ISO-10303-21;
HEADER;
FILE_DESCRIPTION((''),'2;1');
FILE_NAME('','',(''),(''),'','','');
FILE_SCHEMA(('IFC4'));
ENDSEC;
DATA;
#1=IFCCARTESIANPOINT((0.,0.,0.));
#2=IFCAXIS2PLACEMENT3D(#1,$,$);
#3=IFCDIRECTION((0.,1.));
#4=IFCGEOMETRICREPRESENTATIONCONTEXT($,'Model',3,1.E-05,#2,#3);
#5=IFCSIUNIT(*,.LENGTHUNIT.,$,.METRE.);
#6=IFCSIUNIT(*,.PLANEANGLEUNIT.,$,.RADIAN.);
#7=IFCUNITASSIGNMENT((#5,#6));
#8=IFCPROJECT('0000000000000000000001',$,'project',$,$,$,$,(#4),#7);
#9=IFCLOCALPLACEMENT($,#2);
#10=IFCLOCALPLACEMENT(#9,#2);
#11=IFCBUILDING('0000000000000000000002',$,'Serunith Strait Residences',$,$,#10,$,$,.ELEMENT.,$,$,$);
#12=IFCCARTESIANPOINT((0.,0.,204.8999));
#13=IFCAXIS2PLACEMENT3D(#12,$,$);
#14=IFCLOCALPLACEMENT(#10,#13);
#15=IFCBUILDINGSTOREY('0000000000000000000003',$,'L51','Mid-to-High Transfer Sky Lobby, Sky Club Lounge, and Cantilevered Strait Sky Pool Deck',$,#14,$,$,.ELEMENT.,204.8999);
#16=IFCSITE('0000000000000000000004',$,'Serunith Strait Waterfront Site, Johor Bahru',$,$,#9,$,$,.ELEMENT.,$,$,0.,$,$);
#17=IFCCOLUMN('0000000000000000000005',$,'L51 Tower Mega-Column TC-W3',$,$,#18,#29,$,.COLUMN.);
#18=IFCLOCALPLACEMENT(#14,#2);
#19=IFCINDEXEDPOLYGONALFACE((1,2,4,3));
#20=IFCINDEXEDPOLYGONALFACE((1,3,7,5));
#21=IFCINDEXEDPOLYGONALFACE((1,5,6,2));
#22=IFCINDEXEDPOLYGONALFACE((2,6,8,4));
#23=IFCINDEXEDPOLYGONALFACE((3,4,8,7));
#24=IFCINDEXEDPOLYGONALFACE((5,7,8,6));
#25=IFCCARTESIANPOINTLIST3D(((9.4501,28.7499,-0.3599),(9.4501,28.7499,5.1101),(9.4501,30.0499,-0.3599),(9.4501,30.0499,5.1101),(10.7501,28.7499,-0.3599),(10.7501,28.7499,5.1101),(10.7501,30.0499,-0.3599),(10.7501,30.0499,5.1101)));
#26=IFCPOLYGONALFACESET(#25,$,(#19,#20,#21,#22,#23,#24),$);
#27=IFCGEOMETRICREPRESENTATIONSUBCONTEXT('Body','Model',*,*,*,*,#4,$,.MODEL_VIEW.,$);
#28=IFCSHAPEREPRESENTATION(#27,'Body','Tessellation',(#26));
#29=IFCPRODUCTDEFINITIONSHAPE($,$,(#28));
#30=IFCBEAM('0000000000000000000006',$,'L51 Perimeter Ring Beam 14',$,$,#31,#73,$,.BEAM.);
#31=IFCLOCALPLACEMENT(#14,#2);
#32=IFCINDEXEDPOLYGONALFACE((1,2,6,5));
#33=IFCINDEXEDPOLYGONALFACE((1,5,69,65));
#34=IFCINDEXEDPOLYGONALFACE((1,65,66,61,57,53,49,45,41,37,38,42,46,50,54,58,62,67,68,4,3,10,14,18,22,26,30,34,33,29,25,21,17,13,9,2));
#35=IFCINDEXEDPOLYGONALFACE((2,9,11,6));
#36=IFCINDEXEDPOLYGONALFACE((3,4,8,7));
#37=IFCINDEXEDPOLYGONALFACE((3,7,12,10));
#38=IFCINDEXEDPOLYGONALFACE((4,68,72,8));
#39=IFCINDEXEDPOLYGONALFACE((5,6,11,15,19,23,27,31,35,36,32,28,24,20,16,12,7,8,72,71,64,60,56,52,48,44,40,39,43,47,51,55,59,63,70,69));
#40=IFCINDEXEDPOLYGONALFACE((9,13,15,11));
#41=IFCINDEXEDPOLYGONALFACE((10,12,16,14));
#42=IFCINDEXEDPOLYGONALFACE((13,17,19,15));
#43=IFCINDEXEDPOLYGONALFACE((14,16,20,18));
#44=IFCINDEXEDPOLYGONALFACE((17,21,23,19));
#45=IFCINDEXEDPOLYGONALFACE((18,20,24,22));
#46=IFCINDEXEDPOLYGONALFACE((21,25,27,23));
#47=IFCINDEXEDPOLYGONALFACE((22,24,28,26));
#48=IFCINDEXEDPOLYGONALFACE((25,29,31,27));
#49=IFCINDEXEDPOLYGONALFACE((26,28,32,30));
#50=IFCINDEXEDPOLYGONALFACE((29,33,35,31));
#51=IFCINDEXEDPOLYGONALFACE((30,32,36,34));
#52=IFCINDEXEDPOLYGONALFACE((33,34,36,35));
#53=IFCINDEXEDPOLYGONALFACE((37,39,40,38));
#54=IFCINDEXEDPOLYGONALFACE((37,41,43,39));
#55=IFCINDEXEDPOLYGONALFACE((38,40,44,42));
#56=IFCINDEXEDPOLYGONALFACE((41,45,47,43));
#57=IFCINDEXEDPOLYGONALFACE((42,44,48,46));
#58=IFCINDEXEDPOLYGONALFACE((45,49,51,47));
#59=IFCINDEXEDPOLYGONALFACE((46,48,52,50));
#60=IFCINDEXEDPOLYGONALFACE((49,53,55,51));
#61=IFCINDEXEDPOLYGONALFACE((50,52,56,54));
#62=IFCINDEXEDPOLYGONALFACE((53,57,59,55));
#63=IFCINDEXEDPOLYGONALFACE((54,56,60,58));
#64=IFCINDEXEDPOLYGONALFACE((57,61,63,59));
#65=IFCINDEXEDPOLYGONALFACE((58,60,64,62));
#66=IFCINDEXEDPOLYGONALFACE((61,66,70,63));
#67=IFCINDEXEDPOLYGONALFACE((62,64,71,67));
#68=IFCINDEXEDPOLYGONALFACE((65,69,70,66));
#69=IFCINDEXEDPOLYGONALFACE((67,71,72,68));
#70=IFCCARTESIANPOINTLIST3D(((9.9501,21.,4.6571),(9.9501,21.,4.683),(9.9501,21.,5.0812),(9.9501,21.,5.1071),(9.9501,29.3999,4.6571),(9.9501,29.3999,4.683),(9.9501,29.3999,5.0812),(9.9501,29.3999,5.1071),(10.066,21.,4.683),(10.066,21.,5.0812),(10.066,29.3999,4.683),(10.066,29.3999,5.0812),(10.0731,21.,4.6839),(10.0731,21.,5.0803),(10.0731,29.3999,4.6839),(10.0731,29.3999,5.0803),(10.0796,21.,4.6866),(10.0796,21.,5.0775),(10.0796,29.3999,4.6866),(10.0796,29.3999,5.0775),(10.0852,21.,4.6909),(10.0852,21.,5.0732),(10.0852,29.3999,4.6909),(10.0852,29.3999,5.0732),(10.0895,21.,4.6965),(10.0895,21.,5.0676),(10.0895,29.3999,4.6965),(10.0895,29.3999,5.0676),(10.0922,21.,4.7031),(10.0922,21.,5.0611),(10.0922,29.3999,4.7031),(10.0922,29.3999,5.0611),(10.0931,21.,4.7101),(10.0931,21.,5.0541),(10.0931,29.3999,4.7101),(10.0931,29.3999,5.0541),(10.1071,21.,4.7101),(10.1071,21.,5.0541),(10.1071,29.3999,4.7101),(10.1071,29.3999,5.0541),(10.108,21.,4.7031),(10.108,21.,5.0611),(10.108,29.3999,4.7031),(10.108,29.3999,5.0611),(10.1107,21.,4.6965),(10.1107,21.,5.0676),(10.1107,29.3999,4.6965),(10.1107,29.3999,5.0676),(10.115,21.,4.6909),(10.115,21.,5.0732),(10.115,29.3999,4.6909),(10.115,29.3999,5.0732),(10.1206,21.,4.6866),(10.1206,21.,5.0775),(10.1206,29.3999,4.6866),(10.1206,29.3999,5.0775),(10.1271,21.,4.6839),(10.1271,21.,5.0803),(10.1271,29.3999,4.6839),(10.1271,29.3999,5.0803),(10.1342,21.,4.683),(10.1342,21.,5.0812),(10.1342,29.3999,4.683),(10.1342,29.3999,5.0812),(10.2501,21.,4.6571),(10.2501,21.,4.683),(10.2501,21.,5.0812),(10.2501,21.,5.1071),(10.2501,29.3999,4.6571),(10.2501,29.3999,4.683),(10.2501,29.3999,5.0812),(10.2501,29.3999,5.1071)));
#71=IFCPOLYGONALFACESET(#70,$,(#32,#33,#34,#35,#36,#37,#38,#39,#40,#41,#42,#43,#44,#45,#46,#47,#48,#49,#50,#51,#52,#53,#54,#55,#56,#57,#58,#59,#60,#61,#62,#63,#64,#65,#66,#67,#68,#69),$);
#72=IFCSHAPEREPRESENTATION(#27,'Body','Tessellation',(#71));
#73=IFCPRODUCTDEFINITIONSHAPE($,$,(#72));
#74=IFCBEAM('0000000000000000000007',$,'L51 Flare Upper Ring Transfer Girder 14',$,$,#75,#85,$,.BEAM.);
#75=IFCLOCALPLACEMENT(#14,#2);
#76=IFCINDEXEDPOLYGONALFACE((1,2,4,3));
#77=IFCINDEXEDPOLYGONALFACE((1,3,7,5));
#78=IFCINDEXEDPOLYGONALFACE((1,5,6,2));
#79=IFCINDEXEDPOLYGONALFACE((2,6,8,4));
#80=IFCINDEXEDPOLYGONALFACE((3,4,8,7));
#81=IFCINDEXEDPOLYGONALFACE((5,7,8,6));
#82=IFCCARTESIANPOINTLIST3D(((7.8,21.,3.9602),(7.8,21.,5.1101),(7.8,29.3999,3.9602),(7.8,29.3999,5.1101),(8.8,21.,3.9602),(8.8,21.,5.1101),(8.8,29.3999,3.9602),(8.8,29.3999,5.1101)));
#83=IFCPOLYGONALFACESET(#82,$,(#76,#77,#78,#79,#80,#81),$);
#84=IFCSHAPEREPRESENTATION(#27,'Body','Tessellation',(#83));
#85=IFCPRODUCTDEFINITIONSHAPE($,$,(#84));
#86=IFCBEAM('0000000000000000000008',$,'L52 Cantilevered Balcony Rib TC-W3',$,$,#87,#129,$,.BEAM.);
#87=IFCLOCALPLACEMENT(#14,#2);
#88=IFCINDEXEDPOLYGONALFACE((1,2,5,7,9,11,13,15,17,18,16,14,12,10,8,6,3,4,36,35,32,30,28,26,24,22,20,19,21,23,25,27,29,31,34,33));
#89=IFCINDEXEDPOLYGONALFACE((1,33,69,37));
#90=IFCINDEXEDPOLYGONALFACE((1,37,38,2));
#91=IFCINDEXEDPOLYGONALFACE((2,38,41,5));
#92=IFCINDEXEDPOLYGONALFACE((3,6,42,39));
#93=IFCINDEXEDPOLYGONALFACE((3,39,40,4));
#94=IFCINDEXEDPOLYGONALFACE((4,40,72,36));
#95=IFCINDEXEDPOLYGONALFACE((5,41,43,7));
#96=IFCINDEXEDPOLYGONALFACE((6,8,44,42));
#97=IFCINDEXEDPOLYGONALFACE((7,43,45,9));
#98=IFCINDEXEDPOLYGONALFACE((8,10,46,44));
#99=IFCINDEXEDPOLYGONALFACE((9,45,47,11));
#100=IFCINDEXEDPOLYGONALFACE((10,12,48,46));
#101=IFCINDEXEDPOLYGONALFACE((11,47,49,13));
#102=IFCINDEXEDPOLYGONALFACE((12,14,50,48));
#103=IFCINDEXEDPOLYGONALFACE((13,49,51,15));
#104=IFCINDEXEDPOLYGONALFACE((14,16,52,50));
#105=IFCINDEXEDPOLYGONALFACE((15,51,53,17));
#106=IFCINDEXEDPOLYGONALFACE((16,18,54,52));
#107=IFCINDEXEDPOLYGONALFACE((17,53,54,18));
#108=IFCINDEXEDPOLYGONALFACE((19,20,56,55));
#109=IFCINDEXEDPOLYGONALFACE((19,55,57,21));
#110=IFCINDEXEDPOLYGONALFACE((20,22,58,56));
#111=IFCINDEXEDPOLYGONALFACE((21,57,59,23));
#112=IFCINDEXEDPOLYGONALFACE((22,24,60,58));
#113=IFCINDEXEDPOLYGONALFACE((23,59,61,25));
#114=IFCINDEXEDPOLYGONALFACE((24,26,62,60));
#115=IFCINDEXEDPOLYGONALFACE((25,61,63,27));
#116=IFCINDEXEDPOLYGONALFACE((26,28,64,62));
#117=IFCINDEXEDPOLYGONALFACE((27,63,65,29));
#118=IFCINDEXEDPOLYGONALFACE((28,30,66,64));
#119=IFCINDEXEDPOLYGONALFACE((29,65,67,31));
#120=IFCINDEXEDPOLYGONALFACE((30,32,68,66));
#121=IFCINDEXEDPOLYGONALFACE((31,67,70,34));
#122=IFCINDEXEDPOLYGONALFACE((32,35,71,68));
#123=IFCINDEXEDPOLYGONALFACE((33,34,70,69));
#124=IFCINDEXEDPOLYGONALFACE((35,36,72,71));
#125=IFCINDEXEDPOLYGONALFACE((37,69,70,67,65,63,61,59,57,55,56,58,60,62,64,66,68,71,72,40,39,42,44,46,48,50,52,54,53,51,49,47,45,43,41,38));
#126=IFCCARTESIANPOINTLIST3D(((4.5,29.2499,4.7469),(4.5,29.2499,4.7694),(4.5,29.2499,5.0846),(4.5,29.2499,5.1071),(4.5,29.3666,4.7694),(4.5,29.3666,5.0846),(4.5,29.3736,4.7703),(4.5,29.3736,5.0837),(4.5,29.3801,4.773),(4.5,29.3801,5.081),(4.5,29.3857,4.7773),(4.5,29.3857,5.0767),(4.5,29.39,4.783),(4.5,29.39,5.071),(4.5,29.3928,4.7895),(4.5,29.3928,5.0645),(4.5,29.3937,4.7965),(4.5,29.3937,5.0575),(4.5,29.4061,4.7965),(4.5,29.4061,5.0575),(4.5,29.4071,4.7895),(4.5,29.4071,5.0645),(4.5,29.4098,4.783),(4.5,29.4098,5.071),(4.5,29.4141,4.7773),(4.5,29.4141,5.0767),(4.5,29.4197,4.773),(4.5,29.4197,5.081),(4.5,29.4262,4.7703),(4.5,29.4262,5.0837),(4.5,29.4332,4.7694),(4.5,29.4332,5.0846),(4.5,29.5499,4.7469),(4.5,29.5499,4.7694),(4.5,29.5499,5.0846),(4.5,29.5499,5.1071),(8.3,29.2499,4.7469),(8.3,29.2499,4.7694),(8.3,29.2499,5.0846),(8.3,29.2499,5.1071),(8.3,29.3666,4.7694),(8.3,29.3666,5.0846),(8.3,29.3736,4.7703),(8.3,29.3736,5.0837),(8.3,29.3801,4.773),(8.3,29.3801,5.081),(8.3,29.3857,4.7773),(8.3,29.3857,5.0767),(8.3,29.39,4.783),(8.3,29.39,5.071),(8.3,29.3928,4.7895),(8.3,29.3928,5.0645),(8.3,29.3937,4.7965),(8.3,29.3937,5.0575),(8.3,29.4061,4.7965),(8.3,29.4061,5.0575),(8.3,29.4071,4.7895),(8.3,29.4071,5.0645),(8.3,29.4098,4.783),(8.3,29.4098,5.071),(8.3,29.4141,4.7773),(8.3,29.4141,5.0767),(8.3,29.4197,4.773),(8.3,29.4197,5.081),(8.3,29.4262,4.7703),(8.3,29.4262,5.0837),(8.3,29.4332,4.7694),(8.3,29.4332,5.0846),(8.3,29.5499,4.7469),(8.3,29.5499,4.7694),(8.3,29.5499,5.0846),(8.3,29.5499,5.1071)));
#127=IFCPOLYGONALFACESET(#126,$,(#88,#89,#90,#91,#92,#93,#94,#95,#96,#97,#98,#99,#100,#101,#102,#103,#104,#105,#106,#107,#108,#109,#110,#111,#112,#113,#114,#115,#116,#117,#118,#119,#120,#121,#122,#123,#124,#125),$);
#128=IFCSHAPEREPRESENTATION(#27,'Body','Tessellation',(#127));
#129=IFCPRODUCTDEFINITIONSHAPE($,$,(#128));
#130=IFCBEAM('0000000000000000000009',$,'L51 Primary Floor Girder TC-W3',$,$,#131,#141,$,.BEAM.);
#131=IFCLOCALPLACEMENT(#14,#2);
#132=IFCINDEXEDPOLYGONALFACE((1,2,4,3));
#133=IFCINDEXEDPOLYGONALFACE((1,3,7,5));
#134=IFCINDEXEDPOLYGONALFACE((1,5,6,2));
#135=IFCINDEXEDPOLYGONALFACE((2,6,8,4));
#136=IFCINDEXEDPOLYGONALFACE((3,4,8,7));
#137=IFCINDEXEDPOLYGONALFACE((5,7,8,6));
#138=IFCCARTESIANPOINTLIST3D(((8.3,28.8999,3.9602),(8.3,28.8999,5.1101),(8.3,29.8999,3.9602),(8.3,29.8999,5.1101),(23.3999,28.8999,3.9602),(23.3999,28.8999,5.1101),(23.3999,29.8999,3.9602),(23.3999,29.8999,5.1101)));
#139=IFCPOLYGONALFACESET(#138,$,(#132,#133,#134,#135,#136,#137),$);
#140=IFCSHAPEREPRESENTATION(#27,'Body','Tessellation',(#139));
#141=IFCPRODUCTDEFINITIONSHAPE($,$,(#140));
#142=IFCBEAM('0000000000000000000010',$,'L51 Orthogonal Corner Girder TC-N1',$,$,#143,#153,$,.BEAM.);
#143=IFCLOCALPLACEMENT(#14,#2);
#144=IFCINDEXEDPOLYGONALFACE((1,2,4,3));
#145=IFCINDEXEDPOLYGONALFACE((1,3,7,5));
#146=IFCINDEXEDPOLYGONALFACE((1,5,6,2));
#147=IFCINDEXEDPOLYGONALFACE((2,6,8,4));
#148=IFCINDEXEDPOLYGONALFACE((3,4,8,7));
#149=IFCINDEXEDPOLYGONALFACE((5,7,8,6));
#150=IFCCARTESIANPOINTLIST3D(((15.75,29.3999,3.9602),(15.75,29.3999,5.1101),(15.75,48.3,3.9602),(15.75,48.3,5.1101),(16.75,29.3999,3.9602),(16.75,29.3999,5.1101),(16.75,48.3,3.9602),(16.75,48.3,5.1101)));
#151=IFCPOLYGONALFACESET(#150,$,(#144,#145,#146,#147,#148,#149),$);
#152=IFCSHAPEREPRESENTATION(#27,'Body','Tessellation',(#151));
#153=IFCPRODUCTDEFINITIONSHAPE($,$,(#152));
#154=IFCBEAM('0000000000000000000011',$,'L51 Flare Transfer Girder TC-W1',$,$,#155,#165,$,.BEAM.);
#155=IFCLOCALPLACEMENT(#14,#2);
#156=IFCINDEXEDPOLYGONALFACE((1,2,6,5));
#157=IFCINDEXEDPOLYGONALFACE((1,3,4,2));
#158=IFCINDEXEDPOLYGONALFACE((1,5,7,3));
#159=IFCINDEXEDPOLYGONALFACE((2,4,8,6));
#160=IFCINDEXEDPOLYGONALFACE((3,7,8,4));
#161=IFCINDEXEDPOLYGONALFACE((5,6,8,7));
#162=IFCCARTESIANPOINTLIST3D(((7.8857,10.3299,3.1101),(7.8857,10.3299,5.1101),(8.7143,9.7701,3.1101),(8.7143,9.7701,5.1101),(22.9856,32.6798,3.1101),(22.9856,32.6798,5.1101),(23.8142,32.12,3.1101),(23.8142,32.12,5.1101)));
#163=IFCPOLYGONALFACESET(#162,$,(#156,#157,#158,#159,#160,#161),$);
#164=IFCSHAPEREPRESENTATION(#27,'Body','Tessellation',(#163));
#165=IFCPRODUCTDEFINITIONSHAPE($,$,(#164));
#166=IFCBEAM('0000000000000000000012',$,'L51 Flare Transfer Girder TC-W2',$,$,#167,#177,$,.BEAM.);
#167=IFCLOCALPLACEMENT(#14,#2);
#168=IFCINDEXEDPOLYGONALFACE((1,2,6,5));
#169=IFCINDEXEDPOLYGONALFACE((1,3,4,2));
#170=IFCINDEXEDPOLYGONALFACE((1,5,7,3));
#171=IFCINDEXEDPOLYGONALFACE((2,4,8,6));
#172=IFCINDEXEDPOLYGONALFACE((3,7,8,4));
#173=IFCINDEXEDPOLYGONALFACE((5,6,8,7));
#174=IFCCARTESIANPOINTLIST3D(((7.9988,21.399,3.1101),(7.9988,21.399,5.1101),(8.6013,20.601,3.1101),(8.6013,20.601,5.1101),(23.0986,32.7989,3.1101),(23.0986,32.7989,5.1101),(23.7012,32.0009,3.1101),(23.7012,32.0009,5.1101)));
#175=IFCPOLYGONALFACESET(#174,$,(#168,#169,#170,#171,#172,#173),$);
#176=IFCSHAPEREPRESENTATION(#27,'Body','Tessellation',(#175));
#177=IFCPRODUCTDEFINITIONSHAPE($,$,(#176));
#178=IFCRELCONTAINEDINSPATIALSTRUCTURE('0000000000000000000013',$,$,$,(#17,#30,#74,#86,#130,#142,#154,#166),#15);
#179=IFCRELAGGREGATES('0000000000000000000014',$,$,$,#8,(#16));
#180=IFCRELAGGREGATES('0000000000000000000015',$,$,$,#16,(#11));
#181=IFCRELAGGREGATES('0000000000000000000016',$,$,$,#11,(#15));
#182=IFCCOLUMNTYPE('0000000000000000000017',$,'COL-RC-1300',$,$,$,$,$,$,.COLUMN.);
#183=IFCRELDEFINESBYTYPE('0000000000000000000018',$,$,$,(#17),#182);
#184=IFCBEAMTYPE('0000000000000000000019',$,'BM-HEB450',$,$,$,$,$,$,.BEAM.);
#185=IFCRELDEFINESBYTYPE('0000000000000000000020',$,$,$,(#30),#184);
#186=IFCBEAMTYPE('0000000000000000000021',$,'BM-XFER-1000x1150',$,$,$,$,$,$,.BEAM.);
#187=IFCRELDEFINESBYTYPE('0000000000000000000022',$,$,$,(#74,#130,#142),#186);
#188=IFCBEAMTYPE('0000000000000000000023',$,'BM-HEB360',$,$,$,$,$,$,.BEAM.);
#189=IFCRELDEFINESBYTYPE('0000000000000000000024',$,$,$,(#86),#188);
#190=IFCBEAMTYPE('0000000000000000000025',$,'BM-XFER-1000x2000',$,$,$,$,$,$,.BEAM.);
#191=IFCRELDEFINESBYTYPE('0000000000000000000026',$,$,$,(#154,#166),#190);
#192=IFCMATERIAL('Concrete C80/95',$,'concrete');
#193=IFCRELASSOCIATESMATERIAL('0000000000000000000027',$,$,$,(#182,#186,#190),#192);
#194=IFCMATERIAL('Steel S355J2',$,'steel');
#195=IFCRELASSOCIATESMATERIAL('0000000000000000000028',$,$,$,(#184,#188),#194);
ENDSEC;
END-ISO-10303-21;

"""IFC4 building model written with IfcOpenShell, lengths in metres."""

from ifc_helpers import new_model, si_unit, direction, frame, origin, origin_2d, place, context, subcontext, project, spatial, rectangle, i_section, extrude, source, transform, mapped, material, material_profile, profile_set, type_object, element, save


model = new_model("IFC4")

# Units and contexts
model_context = context("Model", 3, precision=1e-05, world=origin(), true_north=direction((0.0, 1.0)))
body_context = subcontext(model_context, "Body", "Model", "MODEL_VIEW")
ifc_project = project(units=[si_unit("LENGTHUNIT", "METRE"), si_unit("PLANEANGLEUNIT", "RADIAN")], contexts=[model_context])

# Site, building, storey
site_placement = place(None, origin())
site = spatial("IfcSite", under=ifc_project, at=site_placement, Name="Serunith Strait Waterfront Site, Johor Bahru", CompositionType="ELEMENT", RefElevation=0.0)
building_placement = place(site_placement, origin())
building = spatial("IfcBuilding", under=site, at=building_placement, Name="Serunith Strait Residences", CompositionType="ELEMENT")
storey_placement = place(building_placement, frame((0.0, 0.0, 204.8999)))
storey = spatial("IfcBuildingStorey", under=building, at=storey_placement, Name="L51", Description="Mid-to-High Transfer Sky Lobby, Sky Club Lounge, and Cantilevered Strait Sky Pool Deck", CompositionType="ELEMENT", Elevation=204.8999)

# Column
ifc_material_1 = material(Name="Concrete C80/95", Category="concrete")
ifc_material_profile_1 = material_profile(ifc_material_1, rectangle(XDim=1.3, YDim=1.3, at=origin_2d()), Name="RC 1300x1300")
ifc_profile_set_1 = profile_set([ifc_material_profile_1], Name="Concrete C80/95")
column_type = type_object("IfcColumnType", Name="COL-RC-1300", PredefinedType="COLUMN", material=ifc_profile_set_1)
shared_shape_1 = source(origin(), body_context, "Body", "SweptSolid", [
    extrude(rectangle(XDim=1.3, YDim=1.3, at=origin_2d()), origin(), (0.0, 0.0, 1.0), 5.47),
])
column_placement = place(storey_placement, frame((10.1001, 29.3999, -0.3599), z_axis=(0.0, 0.0, 1.0), x_axis=(1.0, 0.0, 0.0)))
element("IfcColumn", 1, at=column_placement, inside=storey, type_object=column_type, Name="L51 Tower Mega-Column TC-W3", PredefinedType="COLUMN", context=body_context, shape_type="MappedRepresentation", body=[
    mapped(shared_shape_1, transform((0.0, 0.0, 0.0), scale=1.0)),
])

# Beams
ifc_material_2 = material(Name="Steel S355J2", Category="steel")
ifc_material_profile_2 = material_profile(ifc_material_2, i_section(OverallWidth=0.3, OverallDepth=0.45, WebThickness=0.0139, FlangeThickness=0.0259, FilletRadius=0.0271, at=origin_2d()), Name="HEB 450")
ifc_profile_set_2 = profile_set([ifc_material_profile_2], Name="Steel S355J2")
beam_type_1 = type_object("IfcBeamType", Name="BM-HEB450", PredefinedType="BEAM", material=ifc_profile_set_2)
shared_shape_2 = source(origin(), body_context, "Body", "SweptSolid", [
    extrude(i_section(OverallWidth=0.3, OverallDepth=0.45, WebThickness=0.0139, FlangeThickness=0.0259, FilletRadius=0.0271, at=origin_2d()), origin(), (0.0, 0.0, 1.0), 8.3999),
])
beam_1_placement = place(storey_placement, frame((10.1001, 29.3999, 4.8821), z_axis=(0.0, -1.0, 0.0), x_axis=(1.0, 0.0, 0.0)))
element("IfcBeam", 2, at=beam_1_placement, inside=storey, type_object=beam_type_1, Name="L51 Perimeter Ring Beam 14", PredefinedType="BEAM", context=body_context, shape_type="MappedRepresentation", body=[
    mapped(shared_shape_2, transform((0.0, 0.0, 0.0), scale=1.0)),
])
ifc_material_profile_3 = material_profile(ifc_material_1, rectangle(XDim=1.0, YDim=1.1499, at=origin_2d()), Name="RC 1000x1150")
ifc_profile_set_3 = profile_set([ifc_material_profile_3], Name="Concrete C80/95")
beam_type_2 = type_object("IfcBeamType", Name="BM-XFER-1000x1150", PredefinedType="BEAM", material=ifc_profile_set_3)
shared_shape_3 = source(origin(), body_context, "Body", "SweptSolid", [
    extrude(rectangle(XDim=1.0, YDim=1.1499, at=origin_2d()), origin(), (0.0, 0.0, 1.0), 8.3999),
])
beam_2_placement = place(storey_placement, frame((8.3, 29.3999, 4.5352), z_axis=(0.0, -1.0, 0.0), x_axis=(1.0, 0.0, 0.0)))
element("IfcBeam", 3, at=beam_2_placement, inside=storey, type_object=beam_type_2, Name="L51 Flare Upper Ring Transfer Girder 14", PredefinedType="BEAM", context=body_context, shape_type="MappedRepresentation", body=[
    mapped(shared_shape_3, transform((0.0, 0.0, 0.0), scale=1.0)),
])
ifc_material_profile_4 = material_profile(ifc_material_2, i_section(OverallWidth=0.3, OverallDepth=0.3601, WebThickness=0.0125, FlangeThickness=0.0225, FilletRadius=0.0271, at=origin_2d()), Name="HEB 360")
ifc_profile_set_4 = profile_set([ifc_material_profile_4], Name="Steel S355J2")
beam_type_3 = type_object("IfcBeamType", Name="BM-HEB360", PredefinedType="BEAM", material=ifc_profile_set_4)
shared_shape_4 = source(origin(), body_context, "Body", "SweptSolid", [
    extrude(i_section(OverallWidth=0.3, OverallDepth=0.3601, WebThickness=0.0125, FlangeThickness=0.0225, FilletRadius=0.0271, at=origin_2d()), origin(), (0.0, 0.0, 1.0), 3.8),
])
beam_3_placement = place(storey_placement, frame((8.3, 29.3999, 4.927), z_axis=(-1.0, 0.0, 0.0), x_axis=(0.0, -1.0, 0.0)))
element("IfcBeam", 4, at=beam_3_placement, inside=storey, type_object=beam_type_3, Name="L52 Cantilevered Balcony Rib TC-W3", PredefinedType="BEAM", context=body_context, shape_type="MappedRepresentation", body=[
    mapped(shared_shape_4, transform((0.0, 0.0, 0.0), scale=1.0)),
])
shared_shape_5 = source(origin(), body_context, "Body", "SweptSolid", [
    extrude(rectangle(XDim=1.0, YDim=1.1499, at=origin_2d()), origin(), (0.0, 0.0, 1.0), 15.0999),
])
beam_4_placement = place(storey_placement, frame((23.3999, 29.3999, 4.5352), z_axis=(-1.0, 0.0, 0.0), x_axis=(0.0, -1.0, 0.0)))
element("IfcBeam", 5, at=beam_4_placement, inside=storey, type_object=beam_type_2, Name="L51 Primary Floor Girder TC-W3", PredefinedType="BEAM", context=body_context, shape_type="MappedRepresentation", body=[
    mapped(shared_shape_5, transform((0.0, 0.0, 0.0), scale=1.0)),
])
shared_shape_6 = source(origin(), body_context, "Body", "SweptSolid", [
    extrude(rectangle(XDim=1.0, YDim=1.1499, at=origin_2d()), origin(), (0.0, 0.0, 1.0), 18.9001),
])
beam_5_placement = place(storey_placement, frame((16.25, 29.3999, 4.5352), z_axis=(0.0, 1.0, 0.0), x_axis=(-1.0, 0.0, 0.0)))
element("IfcBeam", 6, at=beam_5_placement, inside=storey, type_object=beam_type_2, Name="L51 Orthogonal Corner Girder TC-N1", PredefinedType="BEAM", context=body_context, shape_type="MappedRepresentation", body=[
    mapped(shared_shape_6, transform((0.0, 0.0, 0.0), scale=1.0)),
])
ifc_material_profile_5 = material_profile(ifc_material_1, rectangle(XDim=1.0, YDim=2.0, at=origin_2d()), Name="RC 1000x2000")
ifc_profile_set_5 = profile_set([ifc_material_profile_5], Name="Concrete C80/95")
beam_type_4 = type_object("IfcBeamType", Name="BM-XFER-1000x2000", PredefinedType="BEAM", material=ifc_profile_set_5)
shared_shape_7 = source(origin(), body_context, "Body", "SweptSolid", [
    extrude(rectangle(XDim=1.0, YDim=2.0, at=origin_2d()), origin(), (0.0, 0.0, 1.0), 26.9727),
])
beam_6_placement = place(storey_placement, frame((23.3999, 32.3999, 4.1101), z_axis=(-0.559822, -0.828613, 0.0), x_axis=(0.828613, -0.559822, 0.0)))
element("IfcBeam", 7, at=beam_6_placement, inside=storey, type_object=beam_type_4, Name="L51 Flare Transfer Girder TC-W1", PredefinedType="BEAM", context=body_context, shape_type="MappedRepresentation", body=[
    mapped(shared_shape_7, transform((0.0, 0.0, 0.0), scale=1.0)),
])
shared_shape_8 = source(origin(), body_context, "Body", "SweptSolid", [
    extrude(rectangle(XDim=1.0, YDim=2.0, at=origin_2d()), origin(), (0.0, 0.0, 1.0), 18.9199),
])
beam_7_placement = place(storey_placement, frame((23.3999, 32.3999, 4.1101), z_axis=(-0.798093, -0.602534, 0.0), x_axis=(0.602534, -0.798093, 0.0)))
element("IfcBeam", 8, at=beam_7_placement, inside=storey, type_object=beam_type_4, Name="L51 Flare Transfer Girder TC-W2", PredefinedType="BEAM", context=body_context, shape_type="MappedRepresentation", body=[
    mapped(shared_shape_8, transform((0.0, 0.0, 0.0), scale=1.0)),
])

save(model, "model.ifc")
